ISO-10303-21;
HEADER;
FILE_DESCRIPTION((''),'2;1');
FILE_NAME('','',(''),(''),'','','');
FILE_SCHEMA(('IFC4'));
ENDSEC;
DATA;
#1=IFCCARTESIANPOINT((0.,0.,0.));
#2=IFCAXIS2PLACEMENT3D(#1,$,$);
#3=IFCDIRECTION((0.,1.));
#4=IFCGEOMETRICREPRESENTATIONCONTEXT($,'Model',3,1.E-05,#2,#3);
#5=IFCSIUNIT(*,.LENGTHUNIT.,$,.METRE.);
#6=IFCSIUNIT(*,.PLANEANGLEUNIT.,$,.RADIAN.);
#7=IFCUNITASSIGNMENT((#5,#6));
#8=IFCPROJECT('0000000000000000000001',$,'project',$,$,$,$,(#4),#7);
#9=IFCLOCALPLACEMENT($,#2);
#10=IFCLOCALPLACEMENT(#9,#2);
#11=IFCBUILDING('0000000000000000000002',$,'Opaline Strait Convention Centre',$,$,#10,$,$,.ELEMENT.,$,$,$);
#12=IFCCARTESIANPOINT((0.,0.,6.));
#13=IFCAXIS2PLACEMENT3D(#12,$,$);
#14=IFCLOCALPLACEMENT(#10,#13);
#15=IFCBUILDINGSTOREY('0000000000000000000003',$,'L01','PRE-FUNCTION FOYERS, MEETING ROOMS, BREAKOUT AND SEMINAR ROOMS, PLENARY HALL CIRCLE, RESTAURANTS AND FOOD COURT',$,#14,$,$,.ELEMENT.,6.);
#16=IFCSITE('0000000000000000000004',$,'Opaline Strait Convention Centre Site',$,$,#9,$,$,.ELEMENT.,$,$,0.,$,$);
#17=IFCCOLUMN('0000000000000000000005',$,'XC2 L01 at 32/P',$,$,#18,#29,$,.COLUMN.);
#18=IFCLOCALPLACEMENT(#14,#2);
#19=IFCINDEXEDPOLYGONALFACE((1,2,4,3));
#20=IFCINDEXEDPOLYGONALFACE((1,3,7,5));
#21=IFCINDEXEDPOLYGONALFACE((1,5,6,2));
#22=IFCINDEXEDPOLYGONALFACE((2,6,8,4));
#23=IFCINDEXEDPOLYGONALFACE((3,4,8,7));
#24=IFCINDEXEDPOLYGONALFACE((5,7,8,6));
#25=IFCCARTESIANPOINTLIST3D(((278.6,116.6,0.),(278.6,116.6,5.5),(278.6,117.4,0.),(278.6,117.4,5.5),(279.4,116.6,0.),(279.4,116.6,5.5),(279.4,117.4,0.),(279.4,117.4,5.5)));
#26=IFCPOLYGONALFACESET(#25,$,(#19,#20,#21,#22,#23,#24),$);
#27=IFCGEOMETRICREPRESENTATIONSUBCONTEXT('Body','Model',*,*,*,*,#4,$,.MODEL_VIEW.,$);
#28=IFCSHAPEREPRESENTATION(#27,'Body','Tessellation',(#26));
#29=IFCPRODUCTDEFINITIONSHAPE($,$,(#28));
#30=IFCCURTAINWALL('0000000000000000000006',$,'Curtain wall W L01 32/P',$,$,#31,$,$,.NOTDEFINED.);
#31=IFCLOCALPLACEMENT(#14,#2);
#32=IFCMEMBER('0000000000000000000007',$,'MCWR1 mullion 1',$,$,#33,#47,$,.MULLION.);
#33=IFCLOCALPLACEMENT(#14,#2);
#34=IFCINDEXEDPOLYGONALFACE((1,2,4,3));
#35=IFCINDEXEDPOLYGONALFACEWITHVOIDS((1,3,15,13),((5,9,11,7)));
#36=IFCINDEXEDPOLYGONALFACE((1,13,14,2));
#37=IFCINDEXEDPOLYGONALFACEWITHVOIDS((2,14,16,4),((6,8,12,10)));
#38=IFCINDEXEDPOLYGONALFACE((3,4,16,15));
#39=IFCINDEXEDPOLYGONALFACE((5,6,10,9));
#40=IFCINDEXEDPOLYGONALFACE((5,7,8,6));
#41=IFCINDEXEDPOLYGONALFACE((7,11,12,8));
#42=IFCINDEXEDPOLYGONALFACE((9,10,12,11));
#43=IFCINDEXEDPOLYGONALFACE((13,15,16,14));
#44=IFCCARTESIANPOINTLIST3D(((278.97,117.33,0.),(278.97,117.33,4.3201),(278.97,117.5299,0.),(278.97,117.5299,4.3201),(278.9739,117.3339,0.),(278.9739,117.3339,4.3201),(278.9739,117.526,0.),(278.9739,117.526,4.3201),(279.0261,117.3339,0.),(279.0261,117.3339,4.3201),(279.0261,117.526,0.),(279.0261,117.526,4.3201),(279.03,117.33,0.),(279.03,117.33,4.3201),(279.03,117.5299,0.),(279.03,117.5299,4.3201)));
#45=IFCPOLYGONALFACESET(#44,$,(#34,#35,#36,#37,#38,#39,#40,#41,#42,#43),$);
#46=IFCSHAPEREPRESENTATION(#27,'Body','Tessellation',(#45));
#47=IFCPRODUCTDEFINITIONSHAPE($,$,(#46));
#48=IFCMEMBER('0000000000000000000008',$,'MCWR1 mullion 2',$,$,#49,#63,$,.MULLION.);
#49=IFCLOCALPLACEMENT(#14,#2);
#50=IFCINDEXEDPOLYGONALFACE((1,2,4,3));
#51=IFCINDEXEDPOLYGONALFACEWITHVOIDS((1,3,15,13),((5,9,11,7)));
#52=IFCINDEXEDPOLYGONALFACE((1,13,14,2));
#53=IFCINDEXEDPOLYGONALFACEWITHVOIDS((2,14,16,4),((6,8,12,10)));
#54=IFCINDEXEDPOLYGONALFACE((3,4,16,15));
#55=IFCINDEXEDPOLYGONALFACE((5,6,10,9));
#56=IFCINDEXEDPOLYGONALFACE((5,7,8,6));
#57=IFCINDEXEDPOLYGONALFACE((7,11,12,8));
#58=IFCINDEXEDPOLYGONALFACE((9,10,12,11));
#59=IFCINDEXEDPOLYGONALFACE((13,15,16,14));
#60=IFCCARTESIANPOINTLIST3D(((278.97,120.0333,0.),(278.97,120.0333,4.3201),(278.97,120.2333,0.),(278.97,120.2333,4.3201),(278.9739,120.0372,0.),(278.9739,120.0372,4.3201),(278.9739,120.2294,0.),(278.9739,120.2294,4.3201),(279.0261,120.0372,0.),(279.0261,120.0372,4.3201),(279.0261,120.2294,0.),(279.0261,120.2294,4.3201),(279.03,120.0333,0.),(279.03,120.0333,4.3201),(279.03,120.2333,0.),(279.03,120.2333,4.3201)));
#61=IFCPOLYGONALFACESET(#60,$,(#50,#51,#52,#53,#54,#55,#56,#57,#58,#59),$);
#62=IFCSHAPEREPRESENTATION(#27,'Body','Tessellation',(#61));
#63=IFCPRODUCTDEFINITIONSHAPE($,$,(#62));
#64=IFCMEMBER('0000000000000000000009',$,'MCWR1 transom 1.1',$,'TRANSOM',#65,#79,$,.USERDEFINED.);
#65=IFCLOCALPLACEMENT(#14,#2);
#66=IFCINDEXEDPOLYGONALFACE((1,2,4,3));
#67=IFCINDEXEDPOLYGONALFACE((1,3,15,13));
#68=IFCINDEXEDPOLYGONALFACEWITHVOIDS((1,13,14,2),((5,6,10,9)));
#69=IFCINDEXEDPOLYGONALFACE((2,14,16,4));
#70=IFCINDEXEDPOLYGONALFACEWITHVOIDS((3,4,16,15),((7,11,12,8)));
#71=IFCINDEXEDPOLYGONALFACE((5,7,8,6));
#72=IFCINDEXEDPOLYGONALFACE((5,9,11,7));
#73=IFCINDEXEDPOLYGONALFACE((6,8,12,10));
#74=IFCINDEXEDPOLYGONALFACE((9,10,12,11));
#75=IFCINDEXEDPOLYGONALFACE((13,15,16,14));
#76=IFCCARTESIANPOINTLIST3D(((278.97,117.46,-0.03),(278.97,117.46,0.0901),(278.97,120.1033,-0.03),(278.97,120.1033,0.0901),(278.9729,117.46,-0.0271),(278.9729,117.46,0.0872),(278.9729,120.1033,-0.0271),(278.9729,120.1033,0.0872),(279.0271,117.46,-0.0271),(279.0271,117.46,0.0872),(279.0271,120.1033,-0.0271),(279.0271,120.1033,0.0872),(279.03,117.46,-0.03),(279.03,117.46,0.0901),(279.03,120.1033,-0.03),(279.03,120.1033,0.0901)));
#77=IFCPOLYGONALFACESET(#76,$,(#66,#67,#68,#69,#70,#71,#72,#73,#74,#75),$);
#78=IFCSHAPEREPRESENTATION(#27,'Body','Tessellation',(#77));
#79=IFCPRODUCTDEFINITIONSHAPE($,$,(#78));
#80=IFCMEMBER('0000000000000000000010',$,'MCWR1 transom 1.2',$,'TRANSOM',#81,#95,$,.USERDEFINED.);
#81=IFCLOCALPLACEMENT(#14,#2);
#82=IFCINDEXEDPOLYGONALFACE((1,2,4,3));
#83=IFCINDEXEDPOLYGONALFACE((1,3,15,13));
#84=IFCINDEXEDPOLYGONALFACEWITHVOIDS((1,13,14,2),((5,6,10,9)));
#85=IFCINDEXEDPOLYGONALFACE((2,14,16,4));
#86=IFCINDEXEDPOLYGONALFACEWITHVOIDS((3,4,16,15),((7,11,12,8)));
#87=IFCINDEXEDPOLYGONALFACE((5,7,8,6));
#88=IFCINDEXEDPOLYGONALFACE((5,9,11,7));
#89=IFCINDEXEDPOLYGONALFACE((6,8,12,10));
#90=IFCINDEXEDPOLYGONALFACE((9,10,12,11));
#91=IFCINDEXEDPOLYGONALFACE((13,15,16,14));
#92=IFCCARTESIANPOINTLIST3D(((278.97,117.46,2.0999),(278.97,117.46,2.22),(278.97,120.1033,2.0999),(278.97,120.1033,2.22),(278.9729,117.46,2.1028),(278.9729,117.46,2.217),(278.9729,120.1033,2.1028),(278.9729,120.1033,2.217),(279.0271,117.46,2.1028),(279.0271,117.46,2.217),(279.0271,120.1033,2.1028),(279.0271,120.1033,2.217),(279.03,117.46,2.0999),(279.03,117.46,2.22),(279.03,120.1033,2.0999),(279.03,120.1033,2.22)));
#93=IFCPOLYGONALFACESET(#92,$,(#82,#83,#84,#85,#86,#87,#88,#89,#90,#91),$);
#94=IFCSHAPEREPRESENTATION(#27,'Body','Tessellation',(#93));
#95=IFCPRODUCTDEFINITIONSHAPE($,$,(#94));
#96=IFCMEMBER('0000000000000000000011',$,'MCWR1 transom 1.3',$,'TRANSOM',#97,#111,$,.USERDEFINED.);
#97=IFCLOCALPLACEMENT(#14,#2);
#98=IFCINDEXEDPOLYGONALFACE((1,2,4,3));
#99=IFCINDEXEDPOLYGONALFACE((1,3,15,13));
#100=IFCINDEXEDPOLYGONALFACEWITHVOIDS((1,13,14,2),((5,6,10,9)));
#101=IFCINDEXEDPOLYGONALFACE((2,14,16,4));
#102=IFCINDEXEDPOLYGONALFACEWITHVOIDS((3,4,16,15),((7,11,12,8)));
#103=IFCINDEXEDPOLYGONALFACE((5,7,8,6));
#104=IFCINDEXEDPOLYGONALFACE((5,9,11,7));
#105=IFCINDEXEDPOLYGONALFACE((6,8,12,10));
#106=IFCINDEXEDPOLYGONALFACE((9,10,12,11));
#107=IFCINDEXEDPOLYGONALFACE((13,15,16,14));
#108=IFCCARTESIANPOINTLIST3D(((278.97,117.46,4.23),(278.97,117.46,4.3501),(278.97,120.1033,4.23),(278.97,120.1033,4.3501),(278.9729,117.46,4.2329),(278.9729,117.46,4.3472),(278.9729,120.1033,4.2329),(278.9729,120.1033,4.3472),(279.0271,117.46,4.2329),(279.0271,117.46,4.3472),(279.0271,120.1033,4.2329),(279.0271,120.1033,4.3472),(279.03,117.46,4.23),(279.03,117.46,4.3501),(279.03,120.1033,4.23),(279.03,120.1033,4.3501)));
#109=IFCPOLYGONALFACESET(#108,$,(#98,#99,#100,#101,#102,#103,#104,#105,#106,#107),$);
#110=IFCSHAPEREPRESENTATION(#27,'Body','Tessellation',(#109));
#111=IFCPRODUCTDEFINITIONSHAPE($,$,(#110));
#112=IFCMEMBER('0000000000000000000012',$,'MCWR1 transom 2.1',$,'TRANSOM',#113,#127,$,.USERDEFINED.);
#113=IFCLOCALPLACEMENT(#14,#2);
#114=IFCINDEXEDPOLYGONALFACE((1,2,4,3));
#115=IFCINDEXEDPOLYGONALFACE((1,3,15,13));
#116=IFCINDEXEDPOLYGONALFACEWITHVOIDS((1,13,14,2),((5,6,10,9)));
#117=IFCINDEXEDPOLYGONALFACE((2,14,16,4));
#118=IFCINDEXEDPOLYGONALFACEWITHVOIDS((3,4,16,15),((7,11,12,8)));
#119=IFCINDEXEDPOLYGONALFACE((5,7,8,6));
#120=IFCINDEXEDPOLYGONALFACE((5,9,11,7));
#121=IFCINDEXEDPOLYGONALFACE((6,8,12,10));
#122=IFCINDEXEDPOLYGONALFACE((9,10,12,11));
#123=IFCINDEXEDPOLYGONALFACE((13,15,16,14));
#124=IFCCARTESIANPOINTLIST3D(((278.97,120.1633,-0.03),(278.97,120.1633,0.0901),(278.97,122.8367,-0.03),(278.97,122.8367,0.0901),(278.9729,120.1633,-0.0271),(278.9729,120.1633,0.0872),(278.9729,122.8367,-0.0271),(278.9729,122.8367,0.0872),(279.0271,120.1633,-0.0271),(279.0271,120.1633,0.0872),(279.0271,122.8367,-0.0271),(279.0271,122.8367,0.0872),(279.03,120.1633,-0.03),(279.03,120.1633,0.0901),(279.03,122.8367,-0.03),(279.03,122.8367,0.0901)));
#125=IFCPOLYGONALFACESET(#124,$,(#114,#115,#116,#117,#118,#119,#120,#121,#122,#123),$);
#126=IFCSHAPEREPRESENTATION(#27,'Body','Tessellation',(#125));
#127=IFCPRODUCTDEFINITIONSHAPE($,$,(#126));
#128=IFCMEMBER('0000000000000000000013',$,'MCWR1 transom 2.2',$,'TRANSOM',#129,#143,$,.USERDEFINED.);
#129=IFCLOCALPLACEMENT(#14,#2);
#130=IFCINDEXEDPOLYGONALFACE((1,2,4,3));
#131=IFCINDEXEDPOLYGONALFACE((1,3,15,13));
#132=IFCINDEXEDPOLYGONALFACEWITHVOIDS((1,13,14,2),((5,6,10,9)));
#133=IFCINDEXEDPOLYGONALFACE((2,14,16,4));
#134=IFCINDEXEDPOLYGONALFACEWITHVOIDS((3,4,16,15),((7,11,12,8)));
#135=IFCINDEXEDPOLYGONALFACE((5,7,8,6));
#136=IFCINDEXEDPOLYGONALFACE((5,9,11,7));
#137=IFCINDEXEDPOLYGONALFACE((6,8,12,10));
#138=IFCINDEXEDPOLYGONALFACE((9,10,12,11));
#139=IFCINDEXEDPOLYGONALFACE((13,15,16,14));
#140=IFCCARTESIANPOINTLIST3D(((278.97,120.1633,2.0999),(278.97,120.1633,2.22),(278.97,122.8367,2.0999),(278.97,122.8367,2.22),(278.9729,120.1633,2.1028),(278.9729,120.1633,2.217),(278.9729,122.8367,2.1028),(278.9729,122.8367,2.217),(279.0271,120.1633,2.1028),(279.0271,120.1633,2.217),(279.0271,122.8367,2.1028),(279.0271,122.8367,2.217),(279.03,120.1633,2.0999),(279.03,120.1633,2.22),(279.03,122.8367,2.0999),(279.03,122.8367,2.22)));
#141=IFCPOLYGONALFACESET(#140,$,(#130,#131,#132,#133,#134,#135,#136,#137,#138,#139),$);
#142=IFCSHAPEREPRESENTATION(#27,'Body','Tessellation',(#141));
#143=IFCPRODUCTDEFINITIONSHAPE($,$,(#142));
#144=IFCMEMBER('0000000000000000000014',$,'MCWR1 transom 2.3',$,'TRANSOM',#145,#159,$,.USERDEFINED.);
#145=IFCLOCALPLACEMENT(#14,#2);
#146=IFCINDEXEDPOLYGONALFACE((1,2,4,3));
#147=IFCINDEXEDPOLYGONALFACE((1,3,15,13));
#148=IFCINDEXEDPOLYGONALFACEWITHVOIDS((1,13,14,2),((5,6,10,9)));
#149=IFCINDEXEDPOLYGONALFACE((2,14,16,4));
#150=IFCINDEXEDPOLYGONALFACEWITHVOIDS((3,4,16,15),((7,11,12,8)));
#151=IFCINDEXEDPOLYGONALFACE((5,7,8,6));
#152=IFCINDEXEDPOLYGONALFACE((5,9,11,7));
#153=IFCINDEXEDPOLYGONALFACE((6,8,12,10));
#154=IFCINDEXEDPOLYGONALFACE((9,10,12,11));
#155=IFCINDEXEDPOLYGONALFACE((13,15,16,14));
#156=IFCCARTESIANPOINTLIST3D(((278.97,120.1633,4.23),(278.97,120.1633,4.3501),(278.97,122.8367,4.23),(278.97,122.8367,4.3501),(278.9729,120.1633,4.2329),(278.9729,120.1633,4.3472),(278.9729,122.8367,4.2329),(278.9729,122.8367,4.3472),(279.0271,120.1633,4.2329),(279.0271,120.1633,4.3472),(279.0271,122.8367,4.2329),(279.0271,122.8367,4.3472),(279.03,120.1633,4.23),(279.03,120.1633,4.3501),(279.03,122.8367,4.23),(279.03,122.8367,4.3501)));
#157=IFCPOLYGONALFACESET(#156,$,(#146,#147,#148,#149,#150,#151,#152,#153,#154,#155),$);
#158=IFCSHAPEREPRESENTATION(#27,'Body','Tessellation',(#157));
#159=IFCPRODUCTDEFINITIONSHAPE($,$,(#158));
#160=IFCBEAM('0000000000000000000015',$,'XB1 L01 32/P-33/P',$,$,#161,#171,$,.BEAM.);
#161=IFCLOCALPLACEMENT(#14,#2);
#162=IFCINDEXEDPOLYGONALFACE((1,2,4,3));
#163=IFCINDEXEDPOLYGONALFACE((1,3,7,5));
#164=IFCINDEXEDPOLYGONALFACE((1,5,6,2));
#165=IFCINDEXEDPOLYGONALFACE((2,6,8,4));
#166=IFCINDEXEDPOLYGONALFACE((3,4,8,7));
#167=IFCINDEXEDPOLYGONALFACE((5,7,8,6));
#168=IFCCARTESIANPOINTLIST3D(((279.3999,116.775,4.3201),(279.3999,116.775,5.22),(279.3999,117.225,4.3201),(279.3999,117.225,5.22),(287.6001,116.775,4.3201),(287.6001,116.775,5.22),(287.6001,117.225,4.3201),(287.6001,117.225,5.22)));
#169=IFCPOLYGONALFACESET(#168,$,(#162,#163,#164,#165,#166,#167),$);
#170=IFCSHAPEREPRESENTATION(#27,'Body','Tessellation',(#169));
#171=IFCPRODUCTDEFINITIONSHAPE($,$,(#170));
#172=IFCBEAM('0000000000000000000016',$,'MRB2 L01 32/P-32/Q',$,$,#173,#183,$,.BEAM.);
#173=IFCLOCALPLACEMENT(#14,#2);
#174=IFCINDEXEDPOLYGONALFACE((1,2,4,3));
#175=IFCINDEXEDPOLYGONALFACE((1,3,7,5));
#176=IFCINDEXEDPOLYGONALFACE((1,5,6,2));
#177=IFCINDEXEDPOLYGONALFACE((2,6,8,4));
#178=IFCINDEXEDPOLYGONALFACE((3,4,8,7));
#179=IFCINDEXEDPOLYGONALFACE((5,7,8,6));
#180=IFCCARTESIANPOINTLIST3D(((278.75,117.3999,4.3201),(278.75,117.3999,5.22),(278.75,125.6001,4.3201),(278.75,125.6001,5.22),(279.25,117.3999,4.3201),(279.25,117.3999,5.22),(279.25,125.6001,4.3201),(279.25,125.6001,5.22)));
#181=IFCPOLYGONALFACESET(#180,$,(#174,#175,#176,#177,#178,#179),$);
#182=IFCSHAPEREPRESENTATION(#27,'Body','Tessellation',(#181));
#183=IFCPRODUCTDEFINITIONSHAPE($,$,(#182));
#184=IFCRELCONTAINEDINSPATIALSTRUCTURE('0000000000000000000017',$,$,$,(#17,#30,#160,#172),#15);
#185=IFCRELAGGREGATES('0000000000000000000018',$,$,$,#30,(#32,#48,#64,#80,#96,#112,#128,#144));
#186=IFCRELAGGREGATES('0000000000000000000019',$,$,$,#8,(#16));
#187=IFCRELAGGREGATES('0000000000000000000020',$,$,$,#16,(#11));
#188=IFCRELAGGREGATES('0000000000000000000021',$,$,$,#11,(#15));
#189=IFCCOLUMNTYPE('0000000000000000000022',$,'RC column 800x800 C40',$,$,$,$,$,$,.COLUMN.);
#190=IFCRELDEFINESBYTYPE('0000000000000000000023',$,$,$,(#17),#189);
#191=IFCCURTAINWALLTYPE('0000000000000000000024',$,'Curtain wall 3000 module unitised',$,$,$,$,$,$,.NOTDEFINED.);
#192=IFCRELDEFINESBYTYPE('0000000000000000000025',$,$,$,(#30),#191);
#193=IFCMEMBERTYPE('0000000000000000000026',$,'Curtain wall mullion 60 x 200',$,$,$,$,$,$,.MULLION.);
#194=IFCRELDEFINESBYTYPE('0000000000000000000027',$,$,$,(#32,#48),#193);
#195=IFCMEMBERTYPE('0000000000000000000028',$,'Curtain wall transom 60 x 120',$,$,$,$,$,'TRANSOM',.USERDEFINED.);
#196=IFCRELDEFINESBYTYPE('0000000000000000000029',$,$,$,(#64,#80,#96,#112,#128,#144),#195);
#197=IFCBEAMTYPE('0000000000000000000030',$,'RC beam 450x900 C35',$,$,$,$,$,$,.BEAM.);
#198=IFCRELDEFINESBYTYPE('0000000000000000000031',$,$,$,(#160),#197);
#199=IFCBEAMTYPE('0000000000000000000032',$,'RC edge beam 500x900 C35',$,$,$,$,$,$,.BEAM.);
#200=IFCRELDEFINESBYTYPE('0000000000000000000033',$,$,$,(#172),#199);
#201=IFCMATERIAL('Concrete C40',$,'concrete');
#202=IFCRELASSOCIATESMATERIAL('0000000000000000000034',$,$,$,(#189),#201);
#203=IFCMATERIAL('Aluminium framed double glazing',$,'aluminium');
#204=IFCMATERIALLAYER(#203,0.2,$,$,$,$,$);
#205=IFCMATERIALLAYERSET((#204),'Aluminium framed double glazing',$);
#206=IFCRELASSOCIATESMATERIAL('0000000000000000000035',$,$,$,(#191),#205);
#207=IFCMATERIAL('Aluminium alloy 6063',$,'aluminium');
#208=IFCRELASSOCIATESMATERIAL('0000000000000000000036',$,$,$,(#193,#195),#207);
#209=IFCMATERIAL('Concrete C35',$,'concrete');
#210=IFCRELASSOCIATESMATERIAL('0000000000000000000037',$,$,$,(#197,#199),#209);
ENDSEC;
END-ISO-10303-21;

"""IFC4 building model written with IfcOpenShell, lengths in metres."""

from ifc_helpers import new_model, si_unit, direction, frame, origin, origin_2d, place, context, subcontext, project, spatial, rectangle, hollow_rectangle, extrude, material, layer, layer_set, material_profile, profile_set, type_object, element, aggregate, save


model = new_model("IFC4")

# Units and contexts
model_context = context("Model", 3, precision=1e-05, world=origin(), true_north=direction((0.0, 1.0)))
body_context = subcontext(model_context, "Body", "Model", "MODEL_VIEW")
ifc_project = project(units=[si_unit("LENGTHUNIT", "METRE"), si_unit("PLANEANGLEUNIT", "RADIAN")], contexts=[model_context])

# Site, building, storey
site_placement = place(None, origin())
site = spatial("IfcSite", under=ifc_project, at=site_placement, Name="Opaline Strait Convention Centre Site", CompositionType="ELEMENT", RefElevation=0.0)
building_placement = place(site_placement, origin())
building = spatial("IfcBuilding", under=site, at=building_placement, Name="Opaline Strait Convention Centre", CompositionType="ELEMENT")
storey_placement = place(building_placement, frame((0.0, 0.0, 6.0)))
storey = spatial("IfcBuildingStorey", under=building, at=storey_placement, Name="L01", Description="PRE-FUNCTION FOYERS, MEETING ROOMS, BREAKOUT AND SEMINAR ROOMS, PLENARY HALL CIRCLE, RESTAURANTS AND FOOD COURT", CompositionType="ELEMENT", Elevation=6.0)

# Column
ifc_material_1 = material(Name="Concrete C40", Category="concrete")
ifc_material_profile_1 = material_profile(ifc_material_1, rectangle(XDim=0.8, YDim=0.8, at=origin_2d()), Name="RC 800x800")
ifc_profile_set_1 = profile_set([ifc_material_profile_1], Name="Concrete C40")
column_type = type_object("IfcColumnType", Name="RC column 800x800 C40", PredefinedType="COLUMN", material=ifc_profile_set_1)
column_placement = place(storey_placement, frame((279.0, 117.0, 0.0), z_axis=(0.0, 0.0, 1.0), x_axis=(1.0, 0.0, 0.0)))
element("IfcColumn", 1, at=column_placement, inside=storey, type_object=column_type, Name="XC2 L01 at 32/P", PredefinedType="COLUMN", context=body_context, shape_type="SweptSolid", body=[
    extrude(rectangle(XDim=0.8, YDim=0.8, at=origin_2d()), origin(), (0.0, 0.0, 1.0), 5.5),
])

# Curtain wall, members
ifc_material_2 = material(Name="Aluminium framed double glazing", Category="aluminium")
ifc_layer_1 = layer(ifc_material_2, 0.2)
ifc_layer_set_1 = layer_set([ifc_layer_1], Name="Aluminium framed double glazing")
curtain_wall_type = type_object("IfcCurtainWallType", Name="Curtain wall 3000 module unitised", PredefinedType="NOTDEFINED", material=ifc_layer_set_1)
curtain_wall_placement = place(storey_placement, origin())
curtain_wall = element("IfcCurtainWall", 2, at=curtain_wall_placement, inside=storey, type_object=curtain_wall_type, Name="Curtain wall W L01 32/P", PredefinedType="NOTDEFINED")
ifc_material_3 = material(Name="Aluminium alloy 6063", Category="aluminium")
ifc_material_profile_2 = material_profile(ifc_material_3, hollow_rectangle(XDim=0.0601, YDim=0.2, WallThickness=0.0039, at=origin_2d()), Name="MULLION 60x200x4")
ifc_profile_set_2 = profile_set([ifc_material_profile_2], Name="Aluminium alloy 6063")
member_type_1 = type_object("IfcMemberType", Name="Curtain wall mullion 60 x 200", PredefinedType="MULLION", material=ifc_profile_set_2)
member_1_placement = place(storey_placement, frame((279.0, 117.4299, 0.0), z_axis=(0.0, 0.0, 1.0), x_axis=(-1.0, 0.0, 0.0)))
member_1 = element("IfcMember", 3, at=member_1_placement, type_object=member_type_1, Name="MCWR1 mullion 1", PredefinedType="MULLION", context=body_context, shape_type="SweptSolid", body=[
    extrude(hollow_rectangle(XDim=0.0601, YDim=0.2, WallThickness=0.0039, at=origin_2d()), origin(), (0.0, 0.0, 1.0), 4.3201),
])
member_2_placement = place(storey_placement, frame((279.0, 120.1333, 0.0), z_axis=(0.0, 0.0, 1.0), x_axis=(-1.0, 0.0, 0.0)))
member_2 = element("IfcMember", 4, at=member_2_placement, type_object=member_type_1, Name="MCWR1 mullion 2", PredefinedType="MULLION", context=body_context, shape_type="SweptSolid", body=[
    extrude(hollow_rectangle(XDim=0.0601, YDim=0.2, WallThickness=0.0039, at=origin_2d()), origin(), (0.0, 0.0, 1.0), 4.3201),
])
ifc_material_profile_3 = material_profile(ifc_material_3, hollow_rectangle(XDim=0.0601, YDim=0.1201, WallThickness=0.0029, at=origin_2d()), Name="TRANSOM 60x120x3")
ifc_profile_set_3 = profile_set([ifc_material_profile_3], Name="Aluminium alloy 6063")
member_type_2 = type_object("IfcMemberType", Name="Curtain wall transom 60 x 120", ElementType="TRANSOM", PredefinedType="USERDEFINED", material=ifc_profile_set_3)
member_3_placement = place(storey_placement, frame((279.0, 117.46, 0.03), z_axis=(0.0, 1.0, 0.0), x_axis=(-1.0, 0.0, 0.0)))
member_3 = element("IfcMember", 5, at=member_3_placement, type_object=member_type_2, Name="MCWR1 transom 1.1", ObjectType="TRANSOM", PredefinedType="USERDEFINED", context=body_context, shape_type="SweptSolid", body=[
    extrude(hollow_rectangle(XDim=0.0601, YDim=0.1201, WallThickness=0.0029, at=origin_2d()), origin(), (0.0, 0.0, 1.0), 2.6433),
])
member_4_placement = place(storey_placement, frame((279.0, 117.46, 2.1599), z_axis=(0.0, 1.0, 0.0), x_axis=(-1.0, 0.0, 0.0)))
member_4 = element("IfcMember", 6, at=member_4_placement, type_object=member_type_2, Name="MCWR1 transom 1.2", ObjectType="TRANSOM", PredefinedType="USERDEFINED", context=body_context, shape_type="SweptSolid", body=[
    extrude(hollow_rectangle(XDim=0.0601, YDim=0.1201, WallThickness=0.0029, at=origin_2d()), origin(), (0.0, 0.0, 1.0), 2.6433),
])
member_5_placement = place(storey_placement, frame((279.0, 117.46, 4.29), z_axis=(0.0, 1.0, 0.0), x_axis=(-1.0, 0.0, 0.0)))
member_5 = element("IfcMember", 7, at=member_5_placement, type_object=member_type_2, Name="MCWR1 transom 1.3", ObjectType="TRANSOM", PredefinedType="USERDEFINED", context=body_context, shape_type="SweptSolid", body=[
    extrude(hollow_rectangle(XDim=0.0601, YDim=0.1201, WallThickness=0.0029, at=origin_2d()), origin(), (0.0, 0.0, 1.0), 2.6433),
])
member_6_placement = place(storey_placement, frame((279.0, 120.1633, 0.03), z_axis=(0.0, 1.0, 0.0), x_axis=(-1.0, 0.0, 0.0)))
member_6 = element("IfcMember", 8, at=member_6_placement, type_object=member_type_2, Name="MCWR1 transom 2.1", ObjectType="TRANSOM", PredefinedType="USERDEFINED", context=body_context, shape_type="SweptSolid", body=[
    extrude(hollow_rectangle(XDim=0.0601, YDim=0.1201, WallThickness=0.0029, at=origin_2d()), origin(), (0.0, 0.0, 1.0), 2.6733),
])
member_7_placement = place(storey_placement, frame((279.0, 120.1633, 2.1599), z_axis=(0.0, 1.0, 0.0), x_axis=(-1.0, 0.0, 0.0)))
member_7 = element("IfcMember", 9, at=member_7_placement, type_object=member_type_2, Name="MCWR1 transom 2.2", ObjectType="TRANSOM", PredefinedType="USERDEFINED", context=body_context, shape_type="SweptSolid", body=[
    extrude(hollow_rectangle(XDim=0.0601, YDim=0.1201, WallThickness=0.0029, at=origin_2d()), origin(), (0.0, 0.0, 1.0), 2.6733),
])
member_8_placement = place(storey_placement, frame((279.0, 120.1633, 4.29), z_axis=(0.0, 1.0, 0.0), x_axis=(-1.0, 0.0, 0.0)))
member_8 = element("IfcMember", 10, at=member_8_placement, type_object=member_type_2, Name="MCWR1 transom 2.3", ObjectType="TRANSOM", PredefinedType="USERDEFINED", context=body_context, shape_type="SweptSolid", body=[
    extrude(hollow_rectangle(XDim=0.0601, YDim=0.1201, WallThickness=0.0029, at=origin_2d()), origin(), (0.0, 0.0, 1.0), 2.6733),
])

# Beams
ifc_material_4 = material(Name="Concrete C35", Category="concrete")
ifc_material_profile_4 = material_profile(ifc_material_4, rectangle(XDim=0.45, YDim=0.8999, at=origin_2d()), Name="RC 450x900")
ifc_profile_set_4 = profile_set([ifc_material_profile_4], Name="Concrete C35")
beam_type_1 = type_object("IfcBeamType", Name="RC beam 450x900 C35", PredefinedType="BEAM", material=ifc_profile_set_4)
beam_1_placement = place(storey_placement, frame((279.3999, 117.0, 4.77), z_axis=(1.0, 0.0, 0.0), x_axis=(0.0, 1.0, 0.0)))
element("IfcBeam", 11, at=beam_1_placement, inside=storey, type_object=beam_type_1, Name="XB1 L01 32/P-33/P", PredefinedType="BEAM", context=body_context, shape_type="SweptSolid", body=[
    extrude(rectangle(XDim=0.45, YDim=0.8999, at=origin_2d()), origin(), (0.0, 0.0, 1.0), 8.2002),
])
ifc_material_profile_5 = material_profile(ifc_material_4, rectangle(XDim=0.5, YDim=0.8999, at=origin_2d()), Name="RC 500x900")
ifc_profile_set_5 = profile_set([ifc_material_profile_5], Name="Concrete C35")
beam_type_2 = type_object("IfcBeamType", Name="RC edge beam 500x900 C35", PredefinedType="BEAM", material=ifc_profile_set_5)
beam_2_placement = place(storey_placement, frame((279.0, 117.3999, 4.77), z_axis=(0.0, 1.0, 0.0), x_axis=(-1.0, 0.0, 0.0)))
element("IfcBeam", 12, at=beam_2_placement, inside=storey, type_object=beam_type_2, Name="MRB2 L01 32/P-32/Q", PredefinedType="BEAM", context=body_context, shape_type="SweptSolid", body=[
    extrude(rectangle(XDim=0.5, YDim=0.8999, at=origin_2d()), origin(), (0.0, 0.0, 1.0), 8.2002),
])

aggregate(curtain_wall, [member_1, member_2, member_3, member_4, member_5, member_6, member_7, member_8])

save(model, "model.ifc")
